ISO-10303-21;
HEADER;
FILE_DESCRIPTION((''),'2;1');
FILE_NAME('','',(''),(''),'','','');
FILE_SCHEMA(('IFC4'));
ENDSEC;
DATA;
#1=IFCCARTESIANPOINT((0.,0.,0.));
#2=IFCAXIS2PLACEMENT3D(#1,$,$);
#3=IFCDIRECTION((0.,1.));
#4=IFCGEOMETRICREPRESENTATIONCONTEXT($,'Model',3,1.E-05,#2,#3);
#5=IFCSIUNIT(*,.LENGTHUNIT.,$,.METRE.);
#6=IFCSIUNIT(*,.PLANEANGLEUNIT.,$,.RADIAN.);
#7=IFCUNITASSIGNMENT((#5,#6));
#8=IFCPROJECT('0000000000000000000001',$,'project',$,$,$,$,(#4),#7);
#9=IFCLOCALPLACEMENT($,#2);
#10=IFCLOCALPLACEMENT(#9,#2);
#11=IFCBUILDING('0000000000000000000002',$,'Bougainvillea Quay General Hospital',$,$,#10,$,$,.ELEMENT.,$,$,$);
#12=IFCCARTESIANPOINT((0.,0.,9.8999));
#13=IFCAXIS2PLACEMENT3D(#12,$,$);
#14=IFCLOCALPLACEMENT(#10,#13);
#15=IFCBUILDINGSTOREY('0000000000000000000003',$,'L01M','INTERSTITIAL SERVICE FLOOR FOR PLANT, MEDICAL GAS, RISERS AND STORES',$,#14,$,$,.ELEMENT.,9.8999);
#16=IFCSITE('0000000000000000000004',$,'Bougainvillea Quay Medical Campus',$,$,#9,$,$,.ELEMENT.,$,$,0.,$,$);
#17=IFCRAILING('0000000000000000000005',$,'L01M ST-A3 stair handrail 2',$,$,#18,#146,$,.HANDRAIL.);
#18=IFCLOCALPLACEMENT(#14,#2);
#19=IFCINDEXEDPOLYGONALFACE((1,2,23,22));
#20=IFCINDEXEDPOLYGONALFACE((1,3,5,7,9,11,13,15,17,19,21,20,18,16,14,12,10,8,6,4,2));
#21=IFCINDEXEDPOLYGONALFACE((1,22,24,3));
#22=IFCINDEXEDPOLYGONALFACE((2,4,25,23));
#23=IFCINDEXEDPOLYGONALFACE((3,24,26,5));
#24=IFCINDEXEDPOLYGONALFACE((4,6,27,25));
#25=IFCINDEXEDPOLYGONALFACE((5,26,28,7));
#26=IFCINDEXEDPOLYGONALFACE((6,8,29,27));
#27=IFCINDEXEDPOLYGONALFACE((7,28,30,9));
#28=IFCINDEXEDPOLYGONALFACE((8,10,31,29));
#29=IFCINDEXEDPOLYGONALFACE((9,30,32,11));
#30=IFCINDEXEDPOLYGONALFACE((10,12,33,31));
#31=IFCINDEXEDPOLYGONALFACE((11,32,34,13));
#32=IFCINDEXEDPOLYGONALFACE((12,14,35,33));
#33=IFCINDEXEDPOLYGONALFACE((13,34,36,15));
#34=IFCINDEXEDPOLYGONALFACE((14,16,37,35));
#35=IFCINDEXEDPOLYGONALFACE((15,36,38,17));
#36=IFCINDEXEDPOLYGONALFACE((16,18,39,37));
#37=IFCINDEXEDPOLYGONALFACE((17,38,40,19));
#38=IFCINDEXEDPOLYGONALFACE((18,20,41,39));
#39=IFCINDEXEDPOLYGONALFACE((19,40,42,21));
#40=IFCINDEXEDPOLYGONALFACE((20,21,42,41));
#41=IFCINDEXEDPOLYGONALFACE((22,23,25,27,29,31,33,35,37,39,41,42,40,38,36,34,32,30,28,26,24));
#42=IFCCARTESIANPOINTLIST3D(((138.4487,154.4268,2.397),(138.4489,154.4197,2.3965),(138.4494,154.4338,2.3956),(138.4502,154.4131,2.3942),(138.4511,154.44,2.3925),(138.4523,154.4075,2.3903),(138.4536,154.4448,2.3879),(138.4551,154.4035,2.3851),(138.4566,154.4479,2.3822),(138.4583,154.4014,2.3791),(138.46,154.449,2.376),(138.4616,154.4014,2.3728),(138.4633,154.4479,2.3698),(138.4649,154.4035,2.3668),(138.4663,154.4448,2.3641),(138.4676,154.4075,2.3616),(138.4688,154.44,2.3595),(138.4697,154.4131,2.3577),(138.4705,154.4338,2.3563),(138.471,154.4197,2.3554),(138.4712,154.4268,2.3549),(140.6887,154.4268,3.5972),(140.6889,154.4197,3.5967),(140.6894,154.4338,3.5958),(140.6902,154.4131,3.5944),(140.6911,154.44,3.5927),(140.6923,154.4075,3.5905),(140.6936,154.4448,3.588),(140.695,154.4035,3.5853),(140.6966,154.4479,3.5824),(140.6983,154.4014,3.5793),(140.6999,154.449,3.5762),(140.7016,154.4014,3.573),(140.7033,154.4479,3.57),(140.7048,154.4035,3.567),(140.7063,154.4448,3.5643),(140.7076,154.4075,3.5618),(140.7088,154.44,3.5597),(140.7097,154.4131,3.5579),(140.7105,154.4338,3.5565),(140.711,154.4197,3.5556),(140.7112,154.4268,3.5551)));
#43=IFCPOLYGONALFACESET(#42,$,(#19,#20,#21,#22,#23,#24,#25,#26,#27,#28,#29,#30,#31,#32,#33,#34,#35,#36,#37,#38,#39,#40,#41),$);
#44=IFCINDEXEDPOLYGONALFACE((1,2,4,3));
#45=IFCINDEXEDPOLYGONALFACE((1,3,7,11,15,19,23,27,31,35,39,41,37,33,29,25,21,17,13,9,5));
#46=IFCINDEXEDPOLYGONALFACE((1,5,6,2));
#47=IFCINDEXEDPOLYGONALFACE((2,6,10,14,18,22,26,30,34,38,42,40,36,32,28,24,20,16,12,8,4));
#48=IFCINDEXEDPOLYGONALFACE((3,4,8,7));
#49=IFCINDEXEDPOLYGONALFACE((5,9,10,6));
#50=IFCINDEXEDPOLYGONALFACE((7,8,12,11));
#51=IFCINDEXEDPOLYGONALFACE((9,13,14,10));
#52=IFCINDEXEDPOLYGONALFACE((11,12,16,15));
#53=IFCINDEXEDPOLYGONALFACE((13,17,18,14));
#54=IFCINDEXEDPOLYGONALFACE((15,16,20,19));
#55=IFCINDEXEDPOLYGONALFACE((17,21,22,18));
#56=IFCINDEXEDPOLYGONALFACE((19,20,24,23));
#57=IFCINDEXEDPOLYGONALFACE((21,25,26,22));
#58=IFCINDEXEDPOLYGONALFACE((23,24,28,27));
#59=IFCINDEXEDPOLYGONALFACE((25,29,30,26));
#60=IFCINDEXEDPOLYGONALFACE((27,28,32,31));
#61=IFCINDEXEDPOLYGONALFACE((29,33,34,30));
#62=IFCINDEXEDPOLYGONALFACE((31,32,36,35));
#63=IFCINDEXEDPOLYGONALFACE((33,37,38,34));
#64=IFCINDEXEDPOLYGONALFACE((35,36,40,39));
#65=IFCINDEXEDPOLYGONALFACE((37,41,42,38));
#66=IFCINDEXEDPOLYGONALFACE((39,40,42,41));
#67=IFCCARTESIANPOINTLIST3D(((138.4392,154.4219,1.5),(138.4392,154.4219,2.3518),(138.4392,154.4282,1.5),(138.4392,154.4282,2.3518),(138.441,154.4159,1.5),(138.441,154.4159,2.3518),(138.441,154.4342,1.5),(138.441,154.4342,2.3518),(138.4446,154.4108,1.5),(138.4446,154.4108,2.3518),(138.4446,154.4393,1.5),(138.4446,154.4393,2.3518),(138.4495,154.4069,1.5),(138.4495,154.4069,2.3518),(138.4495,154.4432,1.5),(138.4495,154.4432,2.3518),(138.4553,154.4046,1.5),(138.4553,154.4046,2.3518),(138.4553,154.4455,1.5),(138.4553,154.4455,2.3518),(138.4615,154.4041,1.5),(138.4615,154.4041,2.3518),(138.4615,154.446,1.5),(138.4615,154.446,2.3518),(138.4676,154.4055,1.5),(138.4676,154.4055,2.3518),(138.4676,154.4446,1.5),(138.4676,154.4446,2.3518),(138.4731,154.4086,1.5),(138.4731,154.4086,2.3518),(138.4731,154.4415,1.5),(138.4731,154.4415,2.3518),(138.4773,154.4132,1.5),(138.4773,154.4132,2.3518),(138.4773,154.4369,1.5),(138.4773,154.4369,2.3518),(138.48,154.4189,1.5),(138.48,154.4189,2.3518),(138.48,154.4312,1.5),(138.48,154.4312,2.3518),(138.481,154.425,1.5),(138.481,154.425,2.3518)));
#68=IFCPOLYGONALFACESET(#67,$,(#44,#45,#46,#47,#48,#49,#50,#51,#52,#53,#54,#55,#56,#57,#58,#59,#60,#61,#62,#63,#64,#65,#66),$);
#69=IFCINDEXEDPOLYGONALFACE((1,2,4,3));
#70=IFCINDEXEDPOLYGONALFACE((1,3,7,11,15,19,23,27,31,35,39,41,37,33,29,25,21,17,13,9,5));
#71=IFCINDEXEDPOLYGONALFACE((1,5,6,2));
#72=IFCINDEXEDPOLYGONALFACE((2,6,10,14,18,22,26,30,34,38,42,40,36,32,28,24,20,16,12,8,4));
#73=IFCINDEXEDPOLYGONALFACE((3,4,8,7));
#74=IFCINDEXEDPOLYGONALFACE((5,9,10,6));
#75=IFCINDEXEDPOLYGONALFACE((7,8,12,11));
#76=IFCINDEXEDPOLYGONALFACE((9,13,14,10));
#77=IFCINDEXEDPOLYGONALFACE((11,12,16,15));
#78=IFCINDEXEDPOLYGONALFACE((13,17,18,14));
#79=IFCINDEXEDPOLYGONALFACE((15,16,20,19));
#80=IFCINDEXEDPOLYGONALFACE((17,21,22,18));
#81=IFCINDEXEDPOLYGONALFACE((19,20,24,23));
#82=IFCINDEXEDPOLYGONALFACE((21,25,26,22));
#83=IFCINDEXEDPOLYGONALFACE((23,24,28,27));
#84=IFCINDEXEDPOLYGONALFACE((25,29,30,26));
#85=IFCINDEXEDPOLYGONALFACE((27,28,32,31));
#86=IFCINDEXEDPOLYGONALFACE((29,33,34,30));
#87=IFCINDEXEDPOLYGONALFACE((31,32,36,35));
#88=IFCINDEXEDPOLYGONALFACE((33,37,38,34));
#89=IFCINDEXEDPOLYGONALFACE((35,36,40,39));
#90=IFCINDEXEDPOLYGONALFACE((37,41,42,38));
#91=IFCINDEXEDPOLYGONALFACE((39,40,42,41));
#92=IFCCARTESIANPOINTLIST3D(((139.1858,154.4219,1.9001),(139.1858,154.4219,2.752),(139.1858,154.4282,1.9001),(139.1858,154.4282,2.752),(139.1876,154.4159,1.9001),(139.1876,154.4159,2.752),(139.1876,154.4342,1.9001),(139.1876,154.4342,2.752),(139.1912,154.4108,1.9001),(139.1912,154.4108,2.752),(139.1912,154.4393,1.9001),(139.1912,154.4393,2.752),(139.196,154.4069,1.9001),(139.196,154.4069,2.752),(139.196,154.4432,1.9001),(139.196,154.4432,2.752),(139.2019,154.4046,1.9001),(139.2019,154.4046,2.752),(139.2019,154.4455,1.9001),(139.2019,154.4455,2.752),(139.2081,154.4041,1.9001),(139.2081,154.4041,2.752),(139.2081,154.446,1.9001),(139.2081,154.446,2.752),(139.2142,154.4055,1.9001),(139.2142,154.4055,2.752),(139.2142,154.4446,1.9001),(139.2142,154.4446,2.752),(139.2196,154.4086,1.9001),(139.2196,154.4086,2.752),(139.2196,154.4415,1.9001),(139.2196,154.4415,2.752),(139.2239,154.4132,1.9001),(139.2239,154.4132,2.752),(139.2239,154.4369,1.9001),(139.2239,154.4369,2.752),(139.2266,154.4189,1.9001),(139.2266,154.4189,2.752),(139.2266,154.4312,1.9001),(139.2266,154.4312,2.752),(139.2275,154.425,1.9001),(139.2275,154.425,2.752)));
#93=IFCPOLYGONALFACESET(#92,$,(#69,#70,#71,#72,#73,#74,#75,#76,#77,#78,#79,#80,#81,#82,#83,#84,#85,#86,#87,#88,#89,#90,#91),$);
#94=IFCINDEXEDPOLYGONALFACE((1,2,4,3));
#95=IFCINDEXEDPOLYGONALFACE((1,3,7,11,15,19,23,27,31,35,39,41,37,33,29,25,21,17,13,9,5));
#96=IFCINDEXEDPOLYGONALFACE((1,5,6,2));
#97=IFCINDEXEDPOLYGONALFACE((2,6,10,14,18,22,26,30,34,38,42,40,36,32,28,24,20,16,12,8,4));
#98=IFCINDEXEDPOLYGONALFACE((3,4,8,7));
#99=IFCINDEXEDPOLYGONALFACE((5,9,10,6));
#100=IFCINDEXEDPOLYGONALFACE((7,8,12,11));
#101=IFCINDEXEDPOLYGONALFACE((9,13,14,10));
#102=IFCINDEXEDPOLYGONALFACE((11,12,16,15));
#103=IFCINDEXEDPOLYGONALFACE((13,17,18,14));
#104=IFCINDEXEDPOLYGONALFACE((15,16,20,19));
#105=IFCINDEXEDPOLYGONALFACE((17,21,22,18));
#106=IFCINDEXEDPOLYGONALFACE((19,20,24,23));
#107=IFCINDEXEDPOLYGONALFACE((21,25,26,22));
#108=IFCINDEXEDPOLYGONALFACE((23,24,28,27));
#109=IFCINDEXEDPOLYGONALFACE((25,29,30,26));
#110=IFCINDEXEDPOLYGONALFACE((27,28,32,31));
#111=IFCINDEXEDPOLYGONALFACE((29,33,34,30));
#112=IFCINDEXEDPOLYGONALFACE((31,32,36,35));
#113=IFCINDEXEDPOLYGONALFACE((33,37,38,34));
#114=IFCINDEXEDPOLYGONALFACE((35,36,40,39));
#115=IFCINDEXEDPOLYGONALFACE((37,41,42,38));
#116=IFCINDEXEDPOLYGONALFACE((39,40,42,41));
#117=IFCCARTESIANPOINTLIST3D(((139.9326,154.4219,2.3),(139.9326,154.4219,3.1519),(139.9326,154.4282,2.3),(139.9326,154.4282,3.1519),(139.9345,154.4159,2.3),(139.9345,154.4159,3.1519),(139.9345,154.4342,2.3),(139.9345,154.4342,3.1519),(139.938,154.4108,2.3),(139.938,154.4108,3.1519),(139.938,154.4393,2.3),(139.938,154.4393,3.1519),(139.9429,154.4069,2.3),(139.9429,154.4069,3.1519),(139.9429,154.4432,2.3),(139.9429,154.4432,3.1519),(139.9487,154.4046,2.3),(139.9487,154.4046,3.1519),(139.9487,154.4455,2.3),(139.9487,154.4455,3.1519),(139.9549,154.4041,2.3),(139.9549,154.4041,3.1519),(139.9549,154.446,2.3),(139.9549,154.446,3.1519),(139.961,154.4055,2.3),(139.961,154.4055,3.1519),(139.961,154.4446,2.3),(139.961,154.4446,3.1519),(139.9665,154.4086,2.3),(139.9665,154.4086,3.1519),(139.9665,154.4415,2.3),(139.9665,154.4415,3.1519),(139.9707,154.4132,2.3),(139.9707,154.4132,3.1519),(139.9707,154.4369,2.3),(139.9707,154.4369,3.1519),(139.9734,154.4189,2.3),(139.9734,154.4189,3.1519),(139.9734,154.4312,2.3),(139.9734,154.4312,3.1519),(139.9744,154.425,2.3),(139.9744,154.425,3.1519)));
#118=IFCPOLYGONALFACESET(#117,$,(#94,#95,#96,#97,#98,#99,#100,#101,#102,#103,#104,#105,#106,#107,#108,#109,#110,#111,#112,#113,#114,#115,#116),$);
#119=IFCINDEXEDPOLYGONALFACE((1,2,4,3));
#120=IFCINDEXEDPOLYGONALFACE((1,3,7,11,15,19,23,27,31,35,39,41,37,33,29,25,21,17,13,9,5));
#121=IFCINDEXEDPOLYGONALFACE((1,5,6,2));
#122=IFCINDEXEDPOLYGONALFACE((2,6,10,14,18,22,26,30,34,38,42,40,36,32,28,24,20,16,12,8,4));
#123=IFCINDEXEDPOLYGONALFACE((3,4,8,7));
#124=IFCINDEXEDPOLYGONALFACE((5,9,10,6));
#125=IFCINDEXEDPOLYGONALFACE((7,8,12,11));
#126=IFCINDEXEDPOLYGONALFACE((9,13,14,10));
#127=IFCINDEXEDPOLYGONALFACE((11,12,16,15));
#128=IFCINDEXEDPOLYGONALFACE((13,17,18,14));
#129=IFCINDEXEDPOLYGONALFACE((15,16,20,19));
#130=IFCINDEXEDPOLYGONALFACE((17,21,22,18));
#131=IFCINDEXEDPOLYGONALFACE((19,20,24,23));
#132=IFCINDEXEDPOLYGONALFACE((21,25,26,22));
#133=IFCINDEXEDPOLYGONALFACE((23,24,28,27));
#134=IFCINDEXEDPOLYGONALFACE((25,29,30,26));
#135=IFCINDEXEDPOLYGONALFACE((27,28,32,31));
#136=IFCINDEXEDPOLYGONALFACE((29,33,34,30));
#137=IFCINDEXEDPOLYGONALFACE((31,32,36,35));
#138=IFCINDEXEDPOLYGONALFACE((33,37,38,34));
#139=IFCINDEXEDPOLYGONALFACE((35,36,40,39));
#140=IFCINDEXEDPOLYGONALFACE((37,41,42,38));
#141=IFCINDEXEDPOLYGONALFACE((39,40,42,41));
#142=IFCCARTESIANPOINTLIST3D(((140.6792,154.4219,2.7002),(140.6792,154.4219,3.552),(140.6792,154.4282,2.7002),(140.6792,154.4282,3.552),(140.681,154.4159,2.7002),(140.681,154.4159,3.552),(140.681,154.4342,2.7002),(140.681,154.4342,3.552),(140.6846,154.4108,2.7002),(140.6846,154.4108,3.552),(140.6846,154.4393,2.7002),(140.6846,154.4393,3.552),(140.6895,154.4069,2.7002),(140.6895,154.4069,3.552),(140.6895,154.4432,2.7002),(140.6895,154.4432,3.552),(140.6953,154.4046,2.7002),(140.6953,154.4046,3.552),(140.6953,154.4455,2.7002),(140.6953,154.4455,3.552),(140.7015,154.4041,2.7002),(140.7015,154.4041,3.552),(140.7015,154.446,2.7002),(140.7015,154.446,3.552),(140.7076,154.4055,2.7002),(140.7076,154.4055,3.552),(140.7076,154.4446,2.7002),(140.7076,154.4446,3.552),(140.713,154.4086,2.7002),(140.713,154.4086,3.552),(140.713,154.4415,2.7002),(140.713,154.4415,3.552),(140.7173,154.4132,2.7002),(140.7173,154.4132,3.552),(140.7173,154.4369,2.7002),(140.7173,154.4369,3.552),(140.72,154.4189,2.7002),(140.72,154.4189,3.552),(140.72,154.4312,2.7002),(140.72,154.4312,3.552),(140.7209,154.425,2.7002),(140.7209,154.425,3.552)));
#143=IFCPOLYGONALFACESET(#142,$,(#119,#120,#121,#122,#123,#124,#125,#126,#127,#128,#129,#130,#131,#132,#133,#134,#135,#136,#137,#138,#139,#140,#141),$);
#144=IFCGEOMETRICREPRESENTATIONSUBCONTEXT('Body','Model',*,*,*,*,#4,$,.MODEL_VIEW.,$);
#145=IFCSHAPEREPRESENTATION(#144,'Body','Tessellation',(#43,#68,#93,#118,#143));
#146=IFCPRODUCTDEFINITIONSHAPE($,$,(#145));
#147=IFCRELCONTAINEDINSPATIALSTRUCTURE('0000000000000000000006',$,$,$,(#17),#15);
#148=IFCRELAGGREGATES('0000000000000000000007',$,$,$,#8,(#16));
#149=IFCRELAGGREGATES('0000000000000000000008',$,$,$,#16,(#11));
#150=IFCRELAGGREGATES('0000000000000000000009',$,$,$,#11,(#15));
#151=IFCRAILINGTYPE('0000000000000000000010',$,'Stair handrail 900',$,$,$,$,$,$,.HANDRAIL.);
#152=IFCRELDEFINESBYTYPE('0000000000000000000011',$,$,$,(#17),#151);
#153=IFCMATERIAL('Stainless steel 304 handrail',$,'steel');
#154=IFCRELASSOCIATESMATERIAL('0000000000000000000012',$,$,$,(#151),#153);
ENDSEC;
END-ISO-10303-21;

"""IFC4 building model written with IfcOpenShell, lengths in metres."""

from ifc_helpers import new_model, si_unit, direction, frame, origin, origin_2d, place, context, subcontext, project, spatial, circle, extrude, material, type_object, element, save


model = new_model("IFC4")

# Units and contexts
model_context = context("Model", 3, precision=1e-05, world=origin(), true_north=direction((0.0, 1.0)))
body_context = subcontext(model_context, "Body", "Model", "MODEL_VIEW")
ifc_project = project(units=[si_unit("LENGTHUNIT", "METRE"), si_unit("PLANEANGLEUNIT", "RADIAN")], contexts=[model_context])

# Site, building, storey
site_placement = place(None, origin())
site = spatial("IfcSite", under=ifc_project, at=site_placement, Name="Bougainvillea Quay Medical Campus", CompositionType="ELEMENT", RefElevation=0.0)
building_placement = place(site_placement, origin())
building = spatial("IfcBuilding", under=site, at=building_placement, Name="Bougainvillea Quay General Hospital", CompositionType="ELEMENT")
storey_placement = place(building_placement, frame((0.0, 0.0, 9.8999)))
storey = spatial("IfcBuildingStorey", under=building, at=storey_placement, Name="L01M", Description="INTERSTITIAL SERVICE FLOOR FOR PLANT, MEDICAL GAS, RISERS AND STORES", CompositionType="ELEMENT", Elevation=9.8999)

# Railing
ifc_material_1 = material(Name="Stainless steel 304 handrail", Category="steel")
railing_type_1 = type_object("IfcRailingType", Name="Stair handrail 900", PredefinedType="HANDRAIL", material=ifc_material_1)
railing_1_placement = place(storey_placement, frame((138.46, 154.425, 1.5)))
element("IfcRailing", 1, at=railing_1_placement, inside=storey, type_object=railing_type_1, Name="L01M ST-A3 stair handrail 2", PredefinedType="HANDRAIL", context=body_context, shape_type="SweptSolid", body=[
    extrude(circle(Radius=0.0239, at=origin_2d()), frame((0.0, 0.0, 0.876), z_axis=(0.881447, 0.0, 0.472283), x_axis=(0.0, 1.0, 0.0)), (0.0, 0.0, 1.0), 2.5413),
    extrude(circle(Radius=0.021, at=origin_2d()), origin(), (0.0, 0.0, 1.0), 0.8518),
    extrude(circle(Radius=0.021, at=origin_2d()), frame((0.7466, 0.0, 0.4001)), (0.0, 0.0, 1.0), 0.8518),
    extrude(circle(Radius=0.021, at=origin_2d()), frame((1.4934, 0.0, 0.8)), (0.0, 0.0, 1.0), 0.8518),
    extrude(circle(Radius=0.021, at=origin_2d()), frame((2.24, 0.0, 1.2002)), (0.0, 0.0, 1.0), 0.8518),
])

save(model, "model.ifc")
